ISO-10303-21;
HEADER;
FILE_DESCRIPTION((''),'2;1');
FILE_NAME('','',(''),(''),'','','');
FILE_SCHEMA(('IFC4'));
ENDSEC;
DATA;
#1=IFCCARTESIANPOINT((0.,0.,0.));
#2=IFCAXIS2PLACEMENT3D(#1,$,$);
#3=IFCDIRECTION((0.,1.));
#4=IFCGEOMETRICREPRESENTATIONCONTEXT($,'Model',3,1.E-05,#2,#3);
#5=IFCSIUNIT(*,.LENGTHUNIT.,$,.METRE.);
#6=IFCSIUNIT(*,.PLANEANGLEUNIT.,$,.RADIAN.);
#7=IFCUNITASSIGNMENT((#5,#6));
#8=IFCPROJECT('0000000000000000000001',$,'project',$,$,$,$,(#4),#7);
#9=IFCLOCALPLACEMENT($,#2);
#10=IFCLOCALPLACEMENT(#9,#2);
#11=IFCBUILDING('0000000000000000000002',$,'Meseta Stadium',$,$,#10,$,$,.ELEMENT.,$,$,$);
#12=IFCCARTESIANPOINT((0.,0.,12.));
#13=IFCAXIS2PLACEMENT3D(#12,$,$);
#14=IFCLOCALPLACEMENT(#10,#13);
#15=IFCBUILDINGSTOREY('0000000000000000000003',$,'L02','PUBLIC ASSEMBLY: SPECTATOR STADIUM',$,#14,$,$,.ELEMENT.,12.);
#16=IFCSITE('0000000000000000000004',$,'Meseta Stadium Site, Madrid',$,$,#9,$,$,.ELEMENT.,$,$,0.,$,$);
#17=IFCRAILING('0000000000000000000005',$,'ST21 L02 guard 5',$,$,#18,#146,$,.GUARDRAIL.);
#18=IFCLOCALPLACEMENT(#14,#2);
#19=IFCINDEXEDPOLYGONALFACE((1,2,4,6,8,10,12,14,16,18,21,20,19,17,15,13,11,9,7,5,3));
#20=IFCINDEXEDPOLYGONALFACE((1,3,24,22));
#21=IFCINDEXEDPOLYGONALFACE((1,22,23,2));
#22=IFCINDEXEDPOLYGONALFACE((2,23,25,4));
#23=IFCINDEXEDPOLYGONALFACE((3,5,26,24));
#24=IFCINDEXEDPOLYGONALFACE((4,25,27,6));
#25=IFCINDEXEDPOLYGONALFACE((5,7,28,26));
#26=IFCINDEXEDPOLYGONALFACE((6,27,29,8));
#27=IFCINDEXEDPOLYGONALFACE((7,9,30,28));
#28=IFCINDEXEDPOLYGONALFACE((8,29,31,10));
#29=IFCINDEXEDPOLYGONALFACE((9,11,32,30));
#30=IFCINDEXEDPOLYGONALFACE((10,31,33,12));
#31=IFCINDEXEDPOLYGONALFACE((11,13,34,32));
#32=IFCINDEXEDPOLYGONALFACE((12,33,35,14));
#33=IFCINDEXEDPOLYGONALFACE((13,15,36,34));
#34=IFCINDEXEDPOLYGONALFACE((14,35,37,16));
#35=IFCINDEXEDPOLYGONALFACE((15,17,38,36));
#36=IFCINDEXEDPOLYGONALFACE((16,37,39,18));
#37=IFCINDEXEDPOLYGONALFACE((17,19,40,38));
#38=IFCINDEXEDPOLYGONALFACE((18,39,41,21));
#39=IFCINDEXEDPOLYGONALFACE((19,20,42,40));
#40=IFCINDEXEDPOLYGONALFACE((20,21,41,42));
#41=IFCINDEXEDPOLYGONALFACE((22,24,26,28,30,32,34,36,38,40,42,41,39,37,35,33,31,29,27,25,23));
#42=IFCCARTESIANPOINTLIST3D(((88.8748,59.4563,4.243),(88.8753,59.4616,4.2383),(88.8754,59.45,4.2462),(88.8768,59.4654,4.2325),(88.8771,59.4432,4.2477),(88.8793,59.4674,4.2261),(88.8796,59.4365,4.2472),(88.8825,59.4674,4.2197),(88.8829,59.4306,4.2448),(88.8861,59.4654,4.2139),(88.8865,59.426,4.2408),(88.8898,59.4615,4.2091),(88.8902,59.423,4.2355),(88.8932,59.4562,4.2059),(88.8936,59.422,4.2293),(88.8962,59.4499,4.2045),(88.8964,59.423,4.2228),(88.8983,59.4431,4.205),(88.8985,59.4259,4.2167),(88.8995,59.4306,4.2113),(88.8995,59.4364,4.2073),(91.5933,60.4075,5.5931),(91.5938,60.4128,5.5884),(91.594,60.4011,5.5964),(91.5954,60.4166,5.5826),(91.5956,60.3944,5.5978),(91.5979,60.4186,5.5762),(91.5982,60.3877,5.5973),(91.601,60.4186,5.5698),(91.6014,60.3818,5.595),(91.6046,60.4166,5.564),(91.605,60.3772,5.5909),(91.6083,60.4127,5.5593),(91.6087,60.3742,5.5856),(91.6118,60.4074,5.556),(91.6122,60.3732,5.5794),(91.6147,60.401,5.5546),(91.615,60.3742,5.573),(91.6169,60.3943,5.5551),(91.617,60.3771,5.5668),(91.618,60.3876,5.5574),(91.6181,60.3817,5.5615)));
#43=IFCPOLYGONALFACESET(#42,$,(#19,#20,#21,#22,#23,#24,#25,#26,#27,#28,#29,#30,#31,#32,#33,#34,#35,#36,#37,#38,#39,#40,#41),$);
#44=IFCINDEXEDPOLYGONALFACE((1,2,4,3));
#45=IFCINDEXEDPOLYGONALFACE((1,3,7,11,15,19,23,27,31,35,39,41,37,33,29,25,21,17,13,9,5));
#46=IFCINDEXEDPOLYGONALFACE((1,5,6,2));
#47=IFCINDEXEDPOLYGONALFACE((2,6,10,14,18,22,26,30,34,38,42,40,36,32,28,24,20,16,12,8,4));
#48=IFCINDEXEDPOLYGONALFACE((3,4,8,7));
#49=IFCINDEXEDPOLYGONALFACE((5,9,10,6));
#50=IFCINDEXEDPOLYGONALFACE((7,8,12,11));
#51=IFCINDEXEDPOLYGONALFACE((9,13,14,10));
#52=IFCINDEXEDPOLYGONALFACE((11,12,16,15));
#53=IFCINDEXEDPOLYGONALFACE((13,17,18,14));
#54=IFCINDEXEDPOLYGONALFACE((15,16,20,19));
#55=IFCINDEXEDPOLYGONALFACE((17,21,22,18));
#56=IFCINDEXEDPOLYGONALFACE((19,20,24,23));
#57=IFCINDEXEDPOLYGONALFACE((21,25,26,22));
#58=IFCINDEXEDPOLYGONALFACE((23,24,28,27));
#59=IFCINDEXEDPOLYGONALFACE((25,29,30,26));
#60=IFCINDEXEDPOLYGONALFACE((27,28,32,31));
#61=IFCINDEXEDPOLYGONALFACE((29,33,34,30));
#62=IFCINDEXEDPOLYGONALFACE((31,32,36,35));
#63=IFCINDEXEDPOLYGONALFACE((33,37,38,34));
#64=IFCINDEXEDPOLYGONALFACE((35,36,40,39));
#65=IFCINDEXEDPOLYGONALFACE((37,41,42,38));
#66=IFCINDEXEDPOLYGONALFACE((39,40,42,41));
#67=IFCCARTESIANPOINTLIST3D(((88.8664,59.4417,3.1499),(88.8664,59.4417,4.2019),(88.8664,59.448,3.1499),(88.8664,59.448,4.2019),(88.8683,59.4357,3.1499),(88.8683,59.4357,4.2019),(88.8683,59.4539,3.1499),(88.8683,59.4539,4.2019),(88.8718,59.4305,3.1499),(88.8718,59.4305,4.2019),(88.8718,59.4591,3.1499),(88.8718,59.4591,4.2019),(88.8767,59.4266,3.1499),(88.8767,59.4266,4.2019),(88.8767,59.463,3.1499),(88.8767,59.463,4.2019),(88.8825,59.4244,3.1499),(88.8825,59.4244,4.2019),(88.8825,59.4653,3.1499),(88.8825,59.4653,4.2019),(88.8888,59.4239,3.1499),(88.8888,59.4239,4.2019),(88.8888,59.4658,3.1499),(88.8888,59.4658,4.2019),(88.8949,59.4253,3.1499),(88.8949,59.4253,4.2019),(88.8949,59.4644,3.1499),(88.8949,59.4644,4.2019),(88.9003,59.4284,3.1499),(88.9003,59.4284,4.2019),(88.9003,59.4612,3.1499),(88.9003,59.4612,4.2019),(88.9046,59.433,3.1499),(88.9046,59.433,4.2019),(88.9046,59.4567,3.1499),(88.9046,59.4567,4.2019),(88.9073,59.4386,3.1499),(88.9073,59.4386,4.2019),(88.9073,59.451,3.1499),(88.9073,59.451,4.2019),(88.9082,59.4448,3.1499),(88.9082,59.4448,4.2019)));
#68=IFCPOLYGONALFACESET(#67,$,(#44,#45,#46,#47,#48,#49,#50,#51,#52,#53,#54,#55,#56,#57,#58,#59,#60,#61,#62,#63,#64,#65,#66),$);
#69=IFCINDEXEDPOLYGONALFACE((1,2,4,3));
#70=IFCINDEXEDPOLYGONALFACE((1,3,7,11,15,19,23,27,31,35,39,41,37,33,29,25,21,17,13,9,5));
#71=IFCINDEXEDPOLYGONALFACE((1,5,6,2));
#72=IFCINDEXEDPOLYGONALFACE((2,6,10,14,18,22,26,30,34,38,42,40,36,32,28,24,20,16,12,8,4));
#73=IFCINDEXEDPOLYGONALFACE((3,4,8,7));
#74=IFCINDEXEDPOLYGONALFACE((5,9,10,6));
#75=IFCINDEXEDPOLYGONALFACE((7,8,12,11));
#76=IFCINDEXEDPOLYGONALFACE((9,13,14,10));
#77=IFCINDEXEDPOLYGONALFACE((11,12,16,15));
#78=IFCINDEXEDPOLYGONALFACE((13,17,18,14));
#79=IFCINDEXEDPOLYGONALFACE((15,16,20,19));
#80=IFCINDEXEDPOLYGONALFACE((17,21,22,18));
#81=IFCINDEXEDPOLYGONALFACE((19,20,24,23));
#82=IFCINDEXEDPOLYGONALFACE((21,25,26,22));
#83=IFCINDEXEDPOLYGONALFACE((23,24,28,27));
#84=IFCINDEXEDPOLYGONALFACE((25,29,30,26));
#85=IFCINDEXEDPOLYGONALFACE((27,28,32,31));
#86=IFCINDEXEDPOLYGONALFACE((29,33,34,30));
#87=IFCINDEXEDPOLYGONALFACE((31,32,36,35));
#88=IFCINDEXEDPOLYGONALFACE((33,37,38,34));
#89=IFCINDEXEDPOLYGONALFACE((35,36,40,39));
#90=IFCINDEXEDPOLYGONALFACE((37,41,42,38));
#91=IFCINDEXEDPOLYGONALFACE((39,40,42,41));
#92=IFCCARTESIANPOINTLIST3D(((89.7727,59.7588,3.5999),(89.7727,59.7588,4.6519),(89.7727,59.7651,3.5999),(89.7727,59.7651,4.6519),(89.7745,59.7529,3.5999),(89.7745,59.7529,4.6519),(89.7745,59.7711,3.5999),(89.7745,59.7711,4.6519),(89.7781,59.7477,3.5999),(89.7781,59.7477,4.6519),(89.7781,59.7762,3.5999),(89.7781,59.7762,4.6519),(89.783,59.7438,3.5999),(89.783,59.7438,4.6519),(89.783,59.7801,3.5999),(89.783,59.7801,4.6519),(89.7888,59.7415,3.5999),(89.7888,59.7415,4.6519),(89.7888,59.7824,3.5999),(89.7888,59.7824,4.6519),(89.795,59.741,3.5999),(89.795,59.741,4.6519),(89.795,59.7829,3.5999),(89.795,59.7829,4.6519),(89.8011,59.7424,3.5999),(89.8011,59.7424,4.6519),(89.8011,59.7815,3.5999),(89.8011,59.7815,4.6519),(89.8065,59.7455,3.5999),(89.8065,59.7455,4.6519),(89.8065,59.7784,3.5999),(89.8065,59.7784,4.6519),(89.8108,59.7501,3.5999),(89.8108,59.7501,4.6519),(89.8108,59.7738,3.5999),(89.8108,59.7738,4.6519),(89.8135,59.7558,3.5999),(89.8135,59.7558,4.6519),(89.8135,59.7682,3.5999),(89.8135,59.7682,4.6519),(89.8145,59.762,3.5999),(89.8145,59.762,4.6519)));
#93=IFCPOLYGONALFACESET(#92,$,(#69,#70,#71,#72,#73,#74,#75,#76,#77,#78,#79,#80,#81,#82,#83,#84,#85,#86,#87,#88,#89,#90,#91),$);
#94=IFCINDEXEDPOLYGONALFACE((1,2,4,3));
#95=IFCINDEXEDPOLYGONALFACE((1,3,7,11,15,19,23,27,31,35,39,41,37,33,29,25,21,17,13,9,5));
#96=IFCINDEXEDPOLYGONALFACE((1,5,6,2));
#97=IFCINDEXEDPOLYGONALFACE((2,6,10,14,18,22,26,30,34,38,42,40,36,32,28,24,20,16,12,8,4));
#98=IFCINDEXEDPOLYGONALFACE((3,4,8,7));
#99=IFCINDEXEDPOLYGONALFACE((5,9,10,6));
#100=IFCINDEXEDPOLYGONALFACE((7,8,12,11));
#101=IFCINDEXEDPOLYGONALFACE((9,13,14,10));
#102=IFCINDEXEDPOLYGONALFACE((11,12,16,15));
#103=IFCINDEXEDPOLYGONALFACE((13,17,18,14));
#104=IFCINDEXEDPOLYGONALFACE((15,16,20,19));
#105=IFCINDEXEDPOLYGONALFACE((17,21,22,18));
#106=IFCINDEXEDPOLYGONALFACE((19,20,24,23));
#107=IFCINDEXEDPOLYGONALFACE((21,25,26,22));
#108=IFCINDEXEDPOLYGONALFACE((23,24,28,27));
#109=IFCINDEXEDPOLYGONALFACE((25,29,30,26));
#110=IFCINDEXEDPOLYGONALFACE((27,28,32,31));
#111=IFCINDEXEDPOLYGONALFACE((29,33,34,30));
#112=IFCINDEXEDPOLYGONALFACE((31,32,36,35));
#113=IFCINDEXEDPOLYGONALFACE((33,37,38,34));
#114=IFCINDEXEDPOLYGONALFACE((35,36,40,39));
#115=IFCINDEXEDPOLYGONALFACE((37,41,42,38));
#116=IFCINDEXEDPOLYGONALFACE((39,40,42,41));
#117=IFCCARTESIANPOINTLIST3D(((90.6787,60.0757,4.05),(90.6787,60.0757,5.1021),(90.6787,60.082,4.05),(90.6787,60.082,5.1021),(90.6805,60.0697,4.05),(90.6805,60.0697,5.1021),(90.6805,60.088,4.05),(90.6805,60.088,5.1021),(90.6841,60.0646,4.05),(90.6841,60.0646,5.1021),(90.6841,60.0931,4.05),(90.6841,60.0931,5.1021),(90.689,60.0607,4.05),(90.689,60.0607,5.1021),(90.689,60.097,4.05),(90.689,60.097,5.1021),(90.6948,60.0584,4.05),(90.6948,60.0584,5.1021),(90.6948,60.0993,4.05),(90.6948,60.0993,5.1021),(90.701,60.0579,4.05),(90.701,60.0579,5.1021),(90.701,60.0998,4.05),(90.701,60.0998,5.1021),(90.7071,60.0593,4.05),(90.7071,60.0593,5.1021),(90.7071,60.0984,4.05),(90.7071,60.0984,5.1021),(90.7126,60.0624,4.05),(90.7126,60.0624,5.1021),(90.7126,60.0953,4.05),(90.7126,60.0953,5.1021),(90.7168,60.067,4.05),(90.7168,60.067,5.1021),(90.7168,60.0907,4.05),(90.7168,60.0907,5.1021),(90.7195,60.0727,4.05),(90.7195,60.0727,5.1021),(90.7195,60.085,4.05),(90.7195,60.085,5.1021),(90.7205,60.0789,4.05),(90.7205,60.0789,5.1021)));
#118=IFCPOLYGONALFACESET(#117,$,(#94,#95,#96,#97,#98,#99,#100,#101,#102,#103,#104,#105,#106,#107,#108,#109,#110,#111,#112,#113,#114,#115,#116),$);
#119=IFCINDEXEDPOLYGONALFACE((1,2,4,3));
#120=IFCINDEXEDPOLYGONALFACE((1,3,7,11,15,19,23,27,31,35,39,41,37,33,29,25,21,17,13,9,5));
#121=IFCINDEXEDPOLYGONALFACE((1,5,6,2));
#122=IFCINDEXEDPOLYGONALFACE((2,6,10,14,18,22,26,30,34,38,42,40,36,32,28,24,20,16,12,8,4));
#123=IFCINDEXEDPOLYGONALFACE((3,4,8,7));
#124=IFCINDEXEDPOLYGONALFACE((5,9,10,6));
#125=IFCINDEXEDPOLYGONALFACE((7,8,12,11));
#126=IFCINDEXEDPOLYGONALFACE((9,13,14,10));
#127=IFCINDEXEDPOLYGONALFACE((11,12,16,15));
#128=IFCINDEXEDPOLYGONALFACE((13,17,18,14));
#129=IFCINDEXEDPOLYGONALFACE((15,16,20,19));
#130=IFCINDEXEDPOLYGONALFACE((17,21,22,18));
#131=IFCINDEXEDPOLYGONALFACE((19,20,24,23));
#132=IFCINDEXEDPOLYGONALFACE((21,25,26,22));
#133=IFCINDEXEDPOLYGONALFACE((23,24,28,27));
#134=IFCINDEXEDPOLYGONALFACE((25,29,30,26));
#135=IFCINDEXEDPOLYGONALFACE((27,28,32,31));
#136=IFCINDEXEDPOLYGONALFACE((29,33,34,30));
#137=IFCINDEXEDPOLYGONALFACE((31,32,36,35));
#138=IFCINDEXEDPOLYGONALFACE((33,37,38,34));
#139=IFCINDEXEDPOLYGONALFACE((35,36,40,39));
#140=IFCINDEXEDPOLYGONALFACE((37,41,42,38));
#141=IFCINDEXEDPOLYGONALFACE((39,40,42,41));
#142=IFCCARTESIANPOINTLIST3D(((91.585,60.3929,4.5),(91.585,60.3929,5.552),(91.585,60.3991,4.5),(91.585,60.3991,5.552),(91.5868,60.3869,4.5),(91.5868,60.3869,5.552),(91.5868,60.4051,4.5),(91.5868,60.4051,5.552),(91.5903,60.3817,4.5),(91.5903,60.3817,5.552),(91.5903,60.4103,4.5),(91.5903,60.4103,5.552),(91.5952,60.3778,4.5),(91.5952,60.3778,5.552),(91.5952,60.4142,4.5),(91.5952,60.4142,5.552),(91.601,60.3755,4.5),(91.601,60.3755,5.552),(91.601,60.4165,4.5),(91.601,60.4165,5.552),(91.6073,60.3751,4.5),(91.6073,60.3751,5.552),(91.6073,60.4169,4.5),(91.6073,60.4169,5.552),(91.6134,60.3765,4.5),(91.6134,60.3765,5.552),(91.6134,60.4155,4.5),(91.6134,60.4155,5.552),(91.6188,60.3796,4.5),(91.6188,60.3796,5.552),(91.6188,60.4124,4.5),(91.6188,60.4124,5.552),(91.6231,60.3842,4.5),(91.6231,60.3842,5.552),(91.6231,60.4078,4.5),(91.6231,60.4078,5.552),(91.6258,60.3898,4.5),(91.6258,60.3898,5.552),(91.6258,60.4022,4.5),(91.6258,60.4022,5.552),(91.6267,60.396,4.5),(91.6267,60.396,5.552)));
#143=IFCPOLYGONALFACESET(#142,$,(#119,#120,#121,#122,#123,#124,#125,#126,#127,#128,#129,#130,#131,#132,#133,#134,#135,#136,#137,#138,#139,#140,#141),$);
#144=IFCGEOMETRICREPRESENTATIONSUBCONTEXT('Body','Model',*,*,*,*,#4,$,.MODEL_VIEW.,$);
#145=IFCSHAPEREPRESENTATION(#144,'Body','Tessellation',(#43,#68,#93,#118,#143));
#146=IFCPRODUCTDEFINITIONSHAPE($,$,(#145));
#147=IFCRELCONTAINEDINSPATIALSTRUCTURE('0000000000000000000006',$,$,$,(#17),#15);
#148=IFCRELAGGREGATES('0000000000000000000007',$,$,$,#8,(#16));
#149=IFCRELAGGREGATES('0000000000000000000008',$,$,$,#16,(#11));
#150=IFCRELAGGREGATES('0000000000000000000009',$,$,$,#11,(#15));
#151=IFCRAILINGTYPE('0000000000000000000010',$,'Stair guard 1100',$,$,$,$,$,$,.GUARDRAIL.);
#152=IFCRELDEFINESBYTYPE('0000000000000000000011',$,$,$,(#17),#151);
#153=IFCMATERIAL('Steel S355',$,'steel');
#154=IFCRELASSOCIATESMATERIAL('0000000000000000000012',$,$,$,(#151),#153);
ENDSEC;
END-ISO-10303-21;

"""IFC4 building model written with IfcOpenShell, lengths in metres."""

from ifc_helpers import new_model, si_unit, direction, frame, origin, origin_2d, place, context, subcontext, project, spatial, circle, extrude, material, type_object, element, save


model = new_model("IFC4")

# Units and contexts
model_context = context("Model", 3, precision=1e-05, world=origin(), true_north=direction((0.0, 1.0)))
body_context = subcontext(model_context, "Body", "Model", "MODEL_VIEW")
ifc_project = project(units=[si_unit("LENGTHUNIT", "METRE"), si_unit("PLANEANGLEUNIT", "RADIAN")], contexts=[model_context])

# Site, building, storey
site_placement = place(None, origin())
site = spatial("IfcSite", under=ifc_project, at=site_placement, Name="Meseta Stadium Site, Madrid", CompositionType="ELEMENT", RefElevation=0.0)
building_placement = place(site_placement, origin())
building = spatial("IfcBuilding", under=site, at=building_placement, Name="Meseta Stadium", CompositionType="ELEMENT")
storey_placement = place(building_placement, frame((0.0, 0.0, 12.0)))
storey = spatial("IfcBuildingStorey", under=building, at=storey_placement, Name="L02", Description="PUBLIC ASSEMBLY: SPECTATOR STADIUM", CompositionType="ELEMENT", Elevation=12.0)

# Railing
ifc_material_1 = material(Name="Steel S355", Category="steel")
railing_type_1 = type_object("IfcRailingType", Name="Stair guard 1100", PredefinedType="GUARDRAIL", material=ifc_material_1)
railing_1_placement = place(storey_placement, frame((88.8872, 59.4448, 3.1499)))
element("IfcRailing", 1, at=railing_1_placement, inside=storey, type_object=railing_type_1, Name="ST21 L02 guard 5", PredefinedType="GUARDRAIL", context=body_context, shape_type="SweptSolid", body=[
    extrude(circle(Radius=0.0239, at=origin_2d()), frame((0.0, 0.0, 1.0762), z_axis=(0.854649, 0.299031, 0.424446), x_axis=(-0.330256, 0.943891, 0.0)), (0.0, 0.0, 1.0), 3.1809),
    extrude(circle(Radius=0.021, at=origin_2d()), origin(), (0.0, 0.0, 1.0), 1.052),
    extrude(circle(Radius=0.021, at=origin_2d()), frame((0.9062, 0.3171, 0.45)), (0.0, 0.0, 1.0), 1.052),
    extrude(circle(Radius=0.021, at=origin_2d()), frame((1.8123, 0.634, 0.9001)), (0.0, 0.0, 1.0), 1.052),
    extrude(circle(Radius=0.021, at=origin_2d()), frame((2.7185, 0.9512, 1.3501)), (0.0, 0.0, 1.0), 1.052),
])

save(model, "model.ifc")
